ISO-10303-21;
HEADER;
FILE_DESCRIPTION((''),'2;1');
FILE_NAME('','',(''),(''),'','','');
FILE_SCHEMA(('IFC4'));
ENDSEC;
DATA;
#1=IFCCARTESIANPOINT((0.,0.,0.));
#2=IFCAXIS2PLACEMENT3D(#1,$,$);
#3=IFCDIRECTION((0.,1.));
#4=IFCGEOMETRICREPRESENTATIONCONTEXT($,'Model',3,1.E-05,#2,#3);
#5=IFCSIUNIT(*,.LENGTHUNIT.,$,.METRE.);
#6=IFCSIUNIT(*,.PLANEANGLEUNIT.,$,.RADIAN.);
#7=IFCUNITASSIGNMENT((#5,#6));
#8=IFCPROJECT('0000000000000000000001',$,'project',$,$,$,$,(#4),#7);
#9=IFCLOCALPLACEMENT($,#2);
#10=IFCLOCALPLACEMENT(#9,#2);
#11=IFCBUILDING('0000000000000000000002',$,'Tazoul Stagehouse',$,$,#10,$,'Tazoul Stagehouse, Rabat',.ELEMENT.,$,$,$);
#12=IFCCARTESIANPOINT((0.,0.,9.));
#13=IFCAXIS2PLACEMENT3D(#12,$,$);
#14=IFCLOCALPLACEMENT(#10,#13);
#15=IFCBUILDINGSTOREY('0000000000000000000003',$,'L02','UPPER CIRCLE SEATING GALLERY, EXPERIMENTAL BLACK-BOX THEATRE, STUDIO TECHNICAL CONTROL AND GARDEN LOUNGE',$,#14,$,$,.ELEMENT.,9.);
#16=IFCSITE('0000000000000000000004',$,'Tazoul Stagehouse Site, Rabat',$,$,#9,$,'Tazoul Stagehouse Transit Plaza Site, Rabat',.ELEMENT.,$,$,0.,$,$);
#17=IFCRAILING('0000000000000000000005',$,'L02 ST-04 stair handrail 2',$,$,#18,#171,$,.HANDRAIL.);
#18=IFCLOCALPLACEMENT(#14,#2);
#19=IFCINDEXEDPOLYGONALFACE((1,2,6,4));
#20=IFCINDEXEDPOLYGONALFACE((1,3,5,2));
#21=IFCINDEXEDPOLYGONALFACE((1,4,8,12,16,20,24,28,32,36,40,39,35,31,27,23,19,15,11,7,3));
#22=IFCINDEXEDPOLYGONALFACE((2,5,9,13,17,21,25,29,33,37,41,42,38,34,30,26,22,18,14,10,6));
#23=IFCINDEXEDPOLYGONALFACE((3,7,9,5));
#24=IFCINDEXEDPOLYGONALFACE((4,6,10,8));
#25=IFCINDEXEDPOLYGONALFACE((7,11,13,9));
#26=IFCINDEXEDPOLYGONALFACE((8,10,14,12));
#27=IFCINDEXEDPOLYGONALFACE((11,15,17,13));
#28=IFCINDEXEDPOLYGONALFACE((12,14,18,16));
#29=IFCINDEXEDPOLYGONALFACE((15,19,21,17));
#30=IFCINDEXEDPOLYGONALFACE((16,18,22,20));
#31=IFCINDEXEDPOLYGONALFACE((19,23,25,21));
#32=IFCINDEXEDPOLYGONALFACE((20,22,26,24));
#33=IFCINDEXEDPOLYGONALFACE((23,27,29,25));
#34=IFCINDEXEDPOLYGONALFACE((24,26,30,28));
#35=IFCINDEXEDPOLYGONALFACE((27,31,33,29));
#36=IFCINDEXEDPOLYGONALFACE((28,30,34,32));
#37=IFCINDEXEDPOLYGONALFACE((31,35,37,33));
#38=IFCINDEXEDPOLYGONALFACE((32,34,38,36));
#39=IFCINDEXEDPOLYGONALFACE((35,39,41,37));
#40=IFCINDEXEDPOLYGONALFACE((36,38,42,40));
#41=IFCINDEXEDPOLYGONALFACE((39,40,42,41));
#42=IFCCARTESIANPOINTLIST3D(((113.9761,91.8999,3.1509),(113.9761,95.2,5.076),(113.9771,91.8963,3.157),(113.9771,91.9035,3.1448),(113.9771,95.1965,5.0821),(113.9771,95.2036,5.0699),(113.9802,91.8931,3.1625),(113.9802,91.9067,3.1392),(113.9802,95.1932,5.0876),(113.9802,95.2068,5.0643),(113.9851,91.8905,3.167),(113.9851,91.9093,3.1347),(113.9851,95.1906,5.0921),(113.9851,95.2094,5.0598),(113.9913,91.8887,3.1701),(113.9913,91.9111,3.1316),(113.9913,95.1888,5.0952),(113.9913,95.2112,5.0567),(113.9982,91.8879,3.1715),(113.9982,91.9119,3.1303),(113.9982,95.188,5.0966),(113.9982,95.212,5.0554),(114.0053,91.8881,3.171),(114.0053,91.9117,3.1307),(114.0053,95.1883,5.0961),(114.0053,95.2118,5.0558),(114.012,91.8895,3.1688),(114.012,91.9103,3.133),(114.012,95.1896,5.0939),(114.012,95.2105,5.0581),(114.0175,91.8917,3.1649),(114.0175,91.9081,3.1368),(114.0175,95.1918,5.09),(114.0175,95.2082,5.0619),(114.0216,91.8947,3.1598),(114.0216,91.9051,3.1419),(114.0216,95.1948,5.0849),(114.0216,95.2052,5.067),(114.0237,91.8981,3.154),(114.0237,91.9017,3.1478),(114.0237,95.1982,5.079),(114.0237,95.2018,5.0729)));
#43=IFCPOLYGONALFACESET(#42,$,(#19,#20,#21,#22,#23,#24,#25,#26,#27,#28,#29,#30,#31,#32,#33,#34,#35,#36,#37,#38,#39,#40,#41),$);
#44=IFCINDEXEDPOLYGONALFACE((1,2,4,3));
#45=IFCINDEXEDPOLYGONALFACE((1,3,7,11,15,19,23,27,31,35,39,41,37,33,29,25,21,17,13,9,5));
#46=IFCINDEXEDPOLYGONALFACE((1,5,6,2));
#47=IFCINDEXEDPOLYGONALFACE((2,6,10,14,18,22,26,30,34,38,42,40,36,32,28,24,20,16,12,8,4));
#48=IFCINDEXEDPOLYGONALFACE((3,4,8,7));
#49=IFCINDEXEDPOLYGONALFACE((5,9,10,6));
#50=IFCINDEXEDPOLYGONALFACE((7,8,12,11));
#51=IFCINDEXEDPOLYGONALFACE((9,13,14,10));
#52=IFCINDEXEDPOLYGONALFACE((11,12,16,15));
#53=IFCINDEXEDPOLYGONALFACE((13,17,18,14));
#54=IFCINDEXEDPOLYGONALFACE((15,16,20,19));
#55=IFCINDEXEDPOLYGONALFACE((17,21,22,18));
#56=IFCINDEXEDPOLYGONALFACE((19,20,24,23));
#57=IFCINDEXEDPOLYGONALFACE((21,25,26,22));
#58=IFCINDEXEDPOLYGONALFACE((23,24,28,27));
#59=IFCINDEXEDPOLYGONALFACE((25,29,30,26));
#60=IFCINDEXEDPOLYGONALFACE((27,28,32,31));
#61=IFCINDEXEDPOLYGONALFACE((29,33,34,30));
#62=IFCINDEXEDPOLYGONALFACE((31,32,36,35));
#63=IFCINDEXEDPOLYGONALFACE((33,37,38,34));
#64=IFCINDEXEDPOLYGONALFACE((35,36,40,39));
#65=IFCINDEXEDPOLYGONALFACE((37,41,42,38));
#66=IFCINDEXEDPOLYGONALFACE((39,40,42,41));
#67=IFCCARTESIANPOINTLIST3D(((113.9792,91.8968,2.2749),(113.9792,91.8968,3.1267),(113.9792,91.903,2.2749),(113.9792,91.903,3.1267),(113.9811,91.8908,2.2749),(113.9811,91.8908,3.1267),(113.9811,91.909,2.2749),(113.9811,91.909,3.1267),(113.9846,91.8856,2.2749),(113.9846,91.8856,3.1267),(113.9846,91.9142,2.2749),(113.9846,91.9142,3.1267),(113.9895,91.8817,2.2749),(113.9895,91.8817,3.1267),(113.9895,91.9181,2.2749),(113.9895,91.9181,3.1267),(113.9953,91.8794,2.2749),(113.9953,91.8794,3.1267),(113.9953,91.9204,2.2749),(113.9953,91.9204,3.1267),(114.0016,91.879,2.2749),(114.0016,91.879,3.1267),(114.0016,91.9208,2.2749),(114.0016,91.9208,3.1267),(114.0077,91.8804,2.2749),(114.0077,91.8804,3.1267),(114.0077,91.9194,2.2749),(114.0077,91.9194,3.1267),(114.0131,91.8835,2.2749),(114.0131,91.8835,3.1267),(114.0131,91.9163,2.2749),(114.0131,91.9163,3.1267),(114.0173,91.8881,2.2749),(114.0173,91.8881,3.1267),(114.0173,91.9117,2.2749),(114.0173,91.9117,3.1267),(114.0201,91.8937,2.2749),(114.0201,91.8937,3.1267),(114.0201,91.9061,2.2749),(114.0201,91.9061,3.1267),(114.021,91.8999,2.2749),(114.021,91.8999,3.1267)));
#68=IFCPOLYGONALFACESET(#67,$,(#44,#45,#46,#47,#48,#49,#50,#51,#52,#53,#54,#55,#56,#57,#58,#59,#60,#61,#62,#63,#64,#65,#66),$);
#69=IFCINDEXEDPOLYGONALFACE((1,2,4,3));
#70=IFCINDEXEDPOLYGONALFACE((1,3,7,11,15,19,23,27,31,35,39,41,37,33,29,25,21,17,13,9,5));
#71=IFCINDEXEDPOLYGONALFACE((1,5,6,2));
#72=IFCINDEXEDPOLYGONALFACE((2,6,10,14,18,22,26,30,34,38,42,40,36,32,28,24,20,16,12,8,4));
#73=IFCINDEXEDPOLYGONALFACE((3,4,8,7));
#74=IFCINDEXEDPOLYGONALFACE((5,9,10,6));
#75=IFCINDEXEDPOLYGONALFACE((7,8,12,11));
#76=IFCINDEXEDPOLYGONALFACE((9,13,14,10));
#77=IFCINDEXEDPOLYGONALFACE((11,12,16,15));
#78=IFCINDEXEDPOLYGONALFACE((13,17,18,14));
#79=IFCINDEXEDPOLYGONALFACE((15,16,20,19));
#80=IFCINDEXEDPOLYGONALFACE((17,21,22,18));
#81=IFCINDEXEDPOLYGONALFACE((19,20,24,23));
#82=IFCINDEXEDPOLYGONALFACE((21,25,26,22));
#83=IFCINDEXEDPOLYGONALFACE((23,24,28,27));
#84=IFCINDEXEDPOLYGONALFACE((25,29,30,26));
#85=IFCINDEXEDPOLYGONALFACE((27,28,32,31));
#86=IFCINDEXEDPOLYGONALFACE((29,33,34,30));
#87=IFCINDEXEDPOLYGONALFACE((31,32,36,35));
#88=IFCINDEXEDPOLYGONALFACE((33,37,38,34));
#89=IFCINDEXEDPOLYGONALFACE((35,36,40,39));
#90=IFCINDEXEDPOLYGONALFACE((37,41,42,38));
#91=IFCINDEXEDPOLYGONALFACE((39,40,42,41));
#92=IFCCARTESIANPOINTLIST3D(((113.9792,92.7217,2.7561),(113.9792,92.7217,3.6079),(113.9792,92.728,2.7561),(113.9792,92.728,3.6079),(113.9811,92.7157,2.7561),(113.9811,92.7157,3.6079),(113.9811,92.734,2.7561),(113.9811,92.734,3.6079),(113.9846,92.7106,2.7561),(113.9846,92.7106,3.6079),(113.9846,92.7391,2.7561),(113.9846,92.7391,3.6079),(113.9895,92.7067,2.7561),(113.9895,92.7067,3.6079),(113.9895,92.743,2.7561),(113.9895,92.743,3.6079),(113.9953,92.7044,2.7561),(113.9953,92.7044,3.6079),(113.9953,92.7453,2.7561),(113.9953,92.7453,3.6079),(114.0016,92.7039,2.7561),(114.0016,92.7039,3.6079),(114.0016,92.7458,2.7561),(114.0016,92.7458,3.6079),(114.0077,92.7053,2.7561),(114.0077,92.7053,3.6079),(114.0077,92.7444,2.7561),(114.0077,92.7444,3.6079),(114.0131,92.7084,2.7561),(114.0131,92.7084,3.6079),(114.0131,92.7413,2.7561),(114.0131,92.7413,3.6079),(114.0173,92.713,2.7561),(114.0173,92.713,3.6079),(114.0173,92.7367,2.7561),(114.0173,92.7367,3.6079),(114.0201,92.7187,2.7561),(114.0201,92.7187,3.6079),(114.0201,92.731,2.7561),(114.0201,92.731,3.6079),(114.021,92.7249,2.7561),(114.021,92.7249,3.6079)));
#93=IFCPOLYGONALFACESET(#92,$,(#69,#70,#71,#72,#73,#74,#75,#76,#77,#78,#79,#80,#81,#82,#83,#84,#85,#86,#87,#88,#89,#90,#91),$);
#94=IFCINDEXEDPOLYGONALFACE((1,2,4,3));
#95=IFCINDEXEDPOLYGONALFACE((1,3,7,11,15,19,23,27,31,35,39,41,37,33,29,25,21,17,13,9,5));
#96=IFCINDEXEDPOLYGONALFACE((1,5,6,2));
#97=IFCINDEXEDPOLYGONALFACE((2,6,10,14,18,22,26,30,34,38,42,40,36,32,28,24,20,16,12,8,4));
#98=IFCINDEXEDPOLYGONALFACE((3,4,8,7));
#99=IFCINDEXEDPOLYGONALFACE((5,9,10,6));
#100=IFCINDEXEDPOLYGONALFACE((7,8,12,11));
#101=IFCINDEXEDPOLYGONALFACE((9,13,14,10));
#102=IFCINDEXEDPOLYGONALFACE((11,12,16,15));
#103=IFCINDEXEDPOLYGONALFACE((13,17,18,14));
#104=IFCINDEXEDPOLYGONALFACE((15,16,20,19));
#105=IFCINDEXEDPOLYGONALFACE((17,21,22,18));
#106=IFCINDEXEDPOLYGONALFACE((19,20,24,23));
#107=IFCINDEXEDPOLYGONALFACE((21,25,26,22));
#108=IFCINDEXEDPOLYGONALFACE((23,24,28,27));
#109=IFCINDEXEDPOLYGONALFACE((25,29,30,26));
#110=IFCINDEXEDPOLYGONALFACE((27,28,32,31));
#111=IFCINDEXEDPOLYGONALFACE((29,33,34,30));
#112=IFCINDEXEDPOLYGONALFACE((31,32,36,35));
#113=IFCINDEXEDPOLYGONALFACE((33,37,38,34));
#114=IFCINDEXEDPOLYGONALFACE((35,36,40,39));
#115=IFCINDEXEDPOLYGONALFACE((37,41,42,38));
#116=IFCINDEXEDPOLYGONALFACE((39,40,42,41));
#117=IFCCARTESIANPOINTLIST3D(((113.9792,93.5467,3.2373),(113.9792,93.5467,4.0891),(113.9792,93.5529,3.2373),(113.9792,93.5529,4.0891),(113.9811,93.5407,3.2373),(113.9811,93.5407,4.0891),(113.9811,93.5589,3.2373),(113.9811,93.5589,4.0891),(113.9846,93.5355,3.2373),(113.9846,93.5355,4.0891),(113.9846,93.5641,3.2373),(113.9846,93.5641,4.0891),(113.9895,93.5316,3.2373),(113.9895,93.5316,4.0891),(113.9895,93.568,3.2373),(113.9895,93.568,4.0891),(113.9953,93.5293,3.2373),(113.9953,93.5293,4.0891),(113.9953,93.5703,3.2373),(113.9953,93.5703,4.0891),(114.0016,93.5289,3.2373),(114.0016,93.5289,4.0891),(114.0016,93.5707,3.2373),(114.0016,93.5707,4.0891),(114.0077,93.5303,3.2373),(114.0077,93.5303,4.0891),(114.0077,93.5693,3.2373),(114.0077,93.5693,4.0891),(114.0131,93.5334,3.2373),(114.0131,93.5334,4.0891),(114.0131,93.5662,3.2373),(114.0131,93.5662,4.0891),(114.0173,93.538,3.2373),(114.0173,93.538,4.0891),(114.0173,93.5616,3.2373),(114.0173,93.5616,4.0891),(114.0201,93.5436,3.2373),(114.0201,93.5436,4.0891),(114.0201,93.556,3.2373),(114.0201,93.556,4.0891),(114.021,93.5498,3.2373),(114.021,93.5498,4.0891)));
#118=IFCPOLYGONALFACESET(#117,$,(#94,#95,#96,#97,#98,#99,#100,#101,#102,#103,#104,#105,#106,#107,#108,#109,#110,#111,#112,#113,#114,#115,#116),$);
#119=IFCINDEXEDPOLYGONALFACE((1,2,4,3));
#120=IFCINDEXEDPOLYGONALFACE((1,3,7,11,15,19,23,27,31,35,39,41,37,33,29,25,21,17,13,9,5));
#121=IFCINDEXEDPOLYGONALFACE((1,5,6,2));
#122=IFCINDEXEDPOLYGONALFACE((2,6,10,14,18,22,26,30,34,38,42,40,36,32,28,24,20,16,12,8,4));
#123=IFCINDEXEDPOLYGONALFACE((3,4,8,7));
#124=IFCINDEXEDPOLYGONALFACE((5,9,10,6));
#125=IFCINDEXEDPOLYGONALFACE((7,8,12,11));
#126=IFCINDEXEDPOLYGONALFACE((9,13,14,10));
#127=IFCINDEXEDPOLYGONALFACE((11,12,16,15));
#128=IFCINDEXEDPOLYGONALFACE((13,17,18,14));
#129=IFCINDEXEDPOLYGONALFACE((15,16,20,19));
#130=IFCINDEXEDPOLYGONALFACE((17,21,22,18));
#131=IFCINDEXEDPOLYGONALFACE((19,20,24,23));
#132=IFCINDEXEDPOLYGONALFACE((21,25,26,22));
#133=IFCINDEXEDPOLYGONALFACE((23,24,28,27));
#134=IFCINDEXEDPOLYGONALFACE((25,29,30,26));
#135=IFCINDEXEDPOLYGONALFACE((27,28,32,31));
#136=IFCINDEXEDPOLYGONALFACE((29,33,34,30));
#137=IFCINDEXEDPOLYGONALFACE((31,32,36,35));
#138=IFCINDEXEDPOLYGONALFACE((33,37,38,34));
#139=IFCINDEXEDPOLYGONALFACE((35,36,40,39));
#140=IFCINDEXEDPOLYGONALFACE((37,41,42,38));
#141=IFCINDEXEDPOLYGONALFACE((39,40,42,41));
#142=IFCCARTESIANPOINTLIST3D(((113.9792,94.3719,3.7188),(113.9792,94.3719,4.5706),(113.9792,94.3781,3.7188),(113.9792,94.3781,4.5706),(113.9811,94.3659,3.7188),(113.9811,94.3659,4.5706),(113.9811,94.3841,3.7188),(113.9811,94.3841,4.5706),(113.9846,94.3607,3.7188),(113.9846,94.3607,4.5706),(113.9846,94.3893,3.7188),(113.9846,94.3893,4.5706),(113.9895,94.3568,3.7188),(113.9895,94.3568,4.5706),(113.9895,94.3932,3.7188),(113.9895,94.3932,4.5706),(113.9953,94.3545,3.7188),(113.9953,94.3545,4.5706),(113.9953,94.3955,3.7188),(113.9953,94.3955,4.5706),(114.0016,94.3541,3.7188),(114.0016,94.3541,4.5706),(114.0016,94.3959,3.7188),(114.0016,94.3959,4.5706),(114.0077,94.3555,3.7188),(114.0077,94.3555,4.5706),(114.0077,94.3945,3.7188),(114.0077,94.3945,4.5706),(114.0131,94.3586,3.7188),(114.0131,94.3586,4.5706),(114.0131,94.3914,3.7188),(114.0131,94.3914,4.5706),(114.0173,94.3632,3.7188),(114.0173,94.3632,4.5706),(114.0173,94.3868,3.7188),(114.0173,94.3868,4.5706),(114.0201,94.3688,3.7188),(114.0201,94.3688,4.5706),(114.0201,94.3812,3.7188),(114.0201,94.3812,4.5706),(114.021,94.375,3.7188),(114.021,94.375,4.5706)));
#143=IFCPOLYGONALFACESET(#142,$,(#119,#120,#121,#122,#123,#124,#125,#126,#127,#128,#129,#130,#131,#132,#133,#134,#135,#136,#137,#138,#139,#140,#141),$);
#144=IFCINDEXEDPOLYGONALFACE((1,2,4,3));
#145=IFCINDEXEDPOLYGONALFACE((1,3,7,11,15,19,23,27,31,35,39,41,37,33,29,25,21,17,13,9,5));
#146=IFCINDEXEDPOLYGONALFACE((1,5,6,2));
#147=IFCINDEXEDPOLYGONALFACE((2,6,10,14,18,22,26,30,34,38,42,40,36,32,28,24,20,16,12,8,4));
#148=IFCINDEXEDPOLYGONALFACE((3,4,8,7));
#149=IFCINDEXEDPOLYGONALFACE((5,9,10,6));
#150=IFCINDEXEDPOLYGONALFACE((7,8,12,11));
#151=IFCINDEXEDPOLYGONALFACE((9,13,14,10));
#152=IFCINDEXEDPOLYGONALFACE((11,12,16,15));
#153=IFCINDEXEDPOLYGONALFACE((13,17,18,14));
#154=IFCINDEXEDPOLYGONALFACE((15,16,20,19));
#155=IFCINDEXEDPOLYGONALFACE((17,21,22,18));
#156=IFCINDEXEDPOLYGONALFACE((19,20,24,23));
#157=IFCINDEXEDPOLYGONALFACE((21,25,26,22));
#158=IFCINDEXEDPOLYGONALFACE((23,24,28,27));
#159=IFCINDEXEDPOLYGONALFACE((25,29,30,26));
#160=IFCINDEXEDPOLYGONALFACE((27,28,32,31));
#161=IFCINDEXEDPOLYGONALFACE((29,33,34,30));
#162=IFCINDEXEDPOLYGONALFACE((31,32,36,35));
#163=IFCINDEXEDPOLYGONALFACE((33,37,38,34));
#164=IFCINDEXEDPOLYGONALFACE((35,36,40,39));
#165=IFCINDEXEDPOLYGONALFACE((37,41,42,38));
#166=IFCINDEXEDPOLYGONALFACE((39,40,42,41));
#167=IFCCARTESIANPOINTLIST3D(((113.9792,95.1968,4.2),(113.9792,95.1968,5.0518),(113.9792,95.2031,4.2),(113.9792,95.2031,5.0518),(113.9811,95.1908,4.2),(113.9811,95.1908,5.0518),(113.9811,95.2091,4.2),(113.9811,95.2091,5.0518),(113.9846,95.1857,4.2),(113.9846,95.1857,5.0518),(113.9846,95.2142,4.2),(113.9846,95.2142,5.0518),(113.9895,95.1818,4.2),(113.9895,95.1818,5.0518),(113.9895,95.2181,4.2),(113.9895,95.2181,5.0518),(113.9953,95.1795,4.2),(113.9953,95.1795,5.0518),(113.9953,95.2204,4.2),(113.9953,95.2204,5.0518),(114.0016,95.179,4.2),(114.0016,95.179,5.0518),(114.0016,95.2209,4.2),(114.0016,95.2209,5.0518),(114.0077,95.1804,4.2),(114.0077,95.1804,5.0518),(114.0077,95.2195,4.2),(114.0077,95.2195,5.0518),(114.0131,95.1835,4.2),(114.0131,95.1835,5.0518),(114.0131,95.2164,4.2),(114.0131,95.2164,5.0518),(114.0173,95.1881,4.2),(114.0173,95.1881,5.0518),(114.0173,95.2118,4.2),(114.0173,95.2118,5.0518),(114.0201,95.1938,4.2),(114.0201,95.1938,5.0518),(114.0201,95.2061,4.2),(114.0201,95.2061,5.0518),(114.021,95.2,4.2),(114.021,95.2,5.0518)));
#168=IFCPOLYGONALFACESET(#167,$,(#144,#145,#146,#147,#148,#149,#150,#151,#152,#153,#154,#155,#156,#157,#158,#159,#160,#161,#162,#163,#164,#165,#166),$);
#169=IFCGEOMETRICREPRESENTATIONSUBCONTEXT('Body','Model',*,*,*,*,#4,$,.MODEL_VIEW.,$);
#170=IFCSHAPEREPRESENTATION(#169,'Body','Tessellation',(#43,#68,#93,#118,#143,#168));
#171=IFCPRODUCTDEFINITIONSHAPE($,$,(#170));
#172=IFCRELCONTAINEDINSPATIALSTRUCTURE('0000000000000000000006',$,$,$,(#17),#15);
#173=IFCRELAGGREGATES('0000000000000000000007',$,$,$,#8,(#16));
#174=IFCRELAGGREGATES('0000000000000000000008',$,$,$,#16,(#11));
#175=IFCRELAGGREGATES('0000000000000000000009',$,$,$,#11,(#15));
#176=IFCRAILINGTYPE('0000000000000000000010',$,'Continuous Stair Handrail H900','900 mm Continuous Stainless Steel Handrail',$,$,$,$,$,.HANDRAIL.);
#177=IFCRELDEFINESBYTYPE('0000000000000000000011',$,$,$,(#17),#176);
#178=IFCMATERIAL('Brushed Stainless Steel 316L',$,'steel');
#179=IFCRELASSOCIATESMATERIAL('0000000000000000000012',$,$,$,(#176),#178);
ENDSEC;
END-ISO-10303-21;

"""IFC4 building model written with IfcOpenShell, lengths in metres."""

from ifc_helpers import new_model, si_unit, direction, frame, origin, origin_2d, place, context, subcontext, project, spatial, circle, extrude, material, material_profile, profile_set, type_object, element, save


model = new_model("IFC4")

# Units and contexts
model_context = context("Model", 3, precision=1e-05, world=origin(), true_north=direction((0.0, 1.0)))
body_context = subcontext(model_context, "Body", "Model", "MODEL_VIEW")
ifc_project = project(units=[si_unit("LENGTHUNIT", "METRE"), si_unit("PLANEANGLEUNIT", "RADIAN")], contexts=[model_context])

# Site, building, storey
site_placement = place(None, origin())
site = spatial("IfcSite", under=ifc_project, at=site_placement, Name="Tazoul Stagehouse Site, Rabat", LongName="Tazoul Stagehouse Transit Plaza Site, Rabat", CompositionType="ELEMENT", RefElevation=0.0)
building_placement = place(site_placement, origin())
building = spatial("IfcBuilding", under=site, at=building_placement, Name="Tazoul Stagehouse", LongName="Tazoul Stagehouse, Rabat", CompositionType="ELEMENT")
storey_placement = place(building_placement, frame((0.0, 0.0, 9.0)))
storey = spatial("IfcBuildingStorey", under=building, at=storey_placement, Name="L02", Description="UPPER CIRCLE SEATING GALLERY, EXPERIMENTAL BLACK-BOX THEATRE, STUDIO TECHNICAL CONTROL AND GARDEN LOUNGE", CompositionType="ELEMENT", Elevation=9.0)

# Railing
ifc_material_1 = material(Name="Brushed Stainless Steel 316L", Category="steel")
ifc_material_profile_1 = material_profile(ifc_material_1, circle(Radius=0.021, at=origin_2d()), Name="SS HANDRAIL D42")
ifc_profile_set_1 = profile_set([ifc_material_profile_1], Name="Brushed Stainless Steel 316L")
railing_type_1 = type_object("IfcRailingType", Name="Continuous Stair Handrail H900", Description="900 mm Continuous Stainless Steel Handrail", PredefinedType="HANDRAIL", material=ifc_profile_set_1)
railing_1_placement = place(storey_placement, frame((114.0, 91.8999, 2.2749)))
element("IfcRailing", 1, at=railing_1_placement, inside=storey, type_object=railing_type_1, Name="L02 ST-04 stair handrail 2", PredefinedType="HANDRAIL", context=body_context, shape_type="SweptSolid", body=[
    extrude(circle(Radius=0.0239, at=origin_2d()), frame((0.0, 0.0, 0.876), z_axis=(0.0, 0.863777, 0.503875), x_axis=(-1.0, 0.0, 0.0)), (0.0, 0.0, 1.0), 3.8206),
    extrude(circle(Radius=0.021, at=origin_2d()), origin(), (0.0, 0.0, 1.0), 0.8518),
    extrude(circle(Radius=0.021, at=origin_2d()), frame((0.0, 0.825, 0.4812)), (0.0, 0.0, 1.0), 0.8518),
    extrude(circle(Radius=0.021, at=origin_2d()), frame((0.0, 1.6499, 0.9624)), (0.0, 0.0, 1.0), 0.8518),
    extrude(circle(Radius=0.021, at=origin_2d()), frame((0.0, 2.4751, 1.4438)), (0.0, 0.0, 1.0), 0.8518),
    extrude(circle(Radius=0.021, at=origin_2d()), frame((0.0, 3.3, 1.925)), (0.0, 0.0, 1.0), 0.8518),
])

save(model, "model.ifc")
